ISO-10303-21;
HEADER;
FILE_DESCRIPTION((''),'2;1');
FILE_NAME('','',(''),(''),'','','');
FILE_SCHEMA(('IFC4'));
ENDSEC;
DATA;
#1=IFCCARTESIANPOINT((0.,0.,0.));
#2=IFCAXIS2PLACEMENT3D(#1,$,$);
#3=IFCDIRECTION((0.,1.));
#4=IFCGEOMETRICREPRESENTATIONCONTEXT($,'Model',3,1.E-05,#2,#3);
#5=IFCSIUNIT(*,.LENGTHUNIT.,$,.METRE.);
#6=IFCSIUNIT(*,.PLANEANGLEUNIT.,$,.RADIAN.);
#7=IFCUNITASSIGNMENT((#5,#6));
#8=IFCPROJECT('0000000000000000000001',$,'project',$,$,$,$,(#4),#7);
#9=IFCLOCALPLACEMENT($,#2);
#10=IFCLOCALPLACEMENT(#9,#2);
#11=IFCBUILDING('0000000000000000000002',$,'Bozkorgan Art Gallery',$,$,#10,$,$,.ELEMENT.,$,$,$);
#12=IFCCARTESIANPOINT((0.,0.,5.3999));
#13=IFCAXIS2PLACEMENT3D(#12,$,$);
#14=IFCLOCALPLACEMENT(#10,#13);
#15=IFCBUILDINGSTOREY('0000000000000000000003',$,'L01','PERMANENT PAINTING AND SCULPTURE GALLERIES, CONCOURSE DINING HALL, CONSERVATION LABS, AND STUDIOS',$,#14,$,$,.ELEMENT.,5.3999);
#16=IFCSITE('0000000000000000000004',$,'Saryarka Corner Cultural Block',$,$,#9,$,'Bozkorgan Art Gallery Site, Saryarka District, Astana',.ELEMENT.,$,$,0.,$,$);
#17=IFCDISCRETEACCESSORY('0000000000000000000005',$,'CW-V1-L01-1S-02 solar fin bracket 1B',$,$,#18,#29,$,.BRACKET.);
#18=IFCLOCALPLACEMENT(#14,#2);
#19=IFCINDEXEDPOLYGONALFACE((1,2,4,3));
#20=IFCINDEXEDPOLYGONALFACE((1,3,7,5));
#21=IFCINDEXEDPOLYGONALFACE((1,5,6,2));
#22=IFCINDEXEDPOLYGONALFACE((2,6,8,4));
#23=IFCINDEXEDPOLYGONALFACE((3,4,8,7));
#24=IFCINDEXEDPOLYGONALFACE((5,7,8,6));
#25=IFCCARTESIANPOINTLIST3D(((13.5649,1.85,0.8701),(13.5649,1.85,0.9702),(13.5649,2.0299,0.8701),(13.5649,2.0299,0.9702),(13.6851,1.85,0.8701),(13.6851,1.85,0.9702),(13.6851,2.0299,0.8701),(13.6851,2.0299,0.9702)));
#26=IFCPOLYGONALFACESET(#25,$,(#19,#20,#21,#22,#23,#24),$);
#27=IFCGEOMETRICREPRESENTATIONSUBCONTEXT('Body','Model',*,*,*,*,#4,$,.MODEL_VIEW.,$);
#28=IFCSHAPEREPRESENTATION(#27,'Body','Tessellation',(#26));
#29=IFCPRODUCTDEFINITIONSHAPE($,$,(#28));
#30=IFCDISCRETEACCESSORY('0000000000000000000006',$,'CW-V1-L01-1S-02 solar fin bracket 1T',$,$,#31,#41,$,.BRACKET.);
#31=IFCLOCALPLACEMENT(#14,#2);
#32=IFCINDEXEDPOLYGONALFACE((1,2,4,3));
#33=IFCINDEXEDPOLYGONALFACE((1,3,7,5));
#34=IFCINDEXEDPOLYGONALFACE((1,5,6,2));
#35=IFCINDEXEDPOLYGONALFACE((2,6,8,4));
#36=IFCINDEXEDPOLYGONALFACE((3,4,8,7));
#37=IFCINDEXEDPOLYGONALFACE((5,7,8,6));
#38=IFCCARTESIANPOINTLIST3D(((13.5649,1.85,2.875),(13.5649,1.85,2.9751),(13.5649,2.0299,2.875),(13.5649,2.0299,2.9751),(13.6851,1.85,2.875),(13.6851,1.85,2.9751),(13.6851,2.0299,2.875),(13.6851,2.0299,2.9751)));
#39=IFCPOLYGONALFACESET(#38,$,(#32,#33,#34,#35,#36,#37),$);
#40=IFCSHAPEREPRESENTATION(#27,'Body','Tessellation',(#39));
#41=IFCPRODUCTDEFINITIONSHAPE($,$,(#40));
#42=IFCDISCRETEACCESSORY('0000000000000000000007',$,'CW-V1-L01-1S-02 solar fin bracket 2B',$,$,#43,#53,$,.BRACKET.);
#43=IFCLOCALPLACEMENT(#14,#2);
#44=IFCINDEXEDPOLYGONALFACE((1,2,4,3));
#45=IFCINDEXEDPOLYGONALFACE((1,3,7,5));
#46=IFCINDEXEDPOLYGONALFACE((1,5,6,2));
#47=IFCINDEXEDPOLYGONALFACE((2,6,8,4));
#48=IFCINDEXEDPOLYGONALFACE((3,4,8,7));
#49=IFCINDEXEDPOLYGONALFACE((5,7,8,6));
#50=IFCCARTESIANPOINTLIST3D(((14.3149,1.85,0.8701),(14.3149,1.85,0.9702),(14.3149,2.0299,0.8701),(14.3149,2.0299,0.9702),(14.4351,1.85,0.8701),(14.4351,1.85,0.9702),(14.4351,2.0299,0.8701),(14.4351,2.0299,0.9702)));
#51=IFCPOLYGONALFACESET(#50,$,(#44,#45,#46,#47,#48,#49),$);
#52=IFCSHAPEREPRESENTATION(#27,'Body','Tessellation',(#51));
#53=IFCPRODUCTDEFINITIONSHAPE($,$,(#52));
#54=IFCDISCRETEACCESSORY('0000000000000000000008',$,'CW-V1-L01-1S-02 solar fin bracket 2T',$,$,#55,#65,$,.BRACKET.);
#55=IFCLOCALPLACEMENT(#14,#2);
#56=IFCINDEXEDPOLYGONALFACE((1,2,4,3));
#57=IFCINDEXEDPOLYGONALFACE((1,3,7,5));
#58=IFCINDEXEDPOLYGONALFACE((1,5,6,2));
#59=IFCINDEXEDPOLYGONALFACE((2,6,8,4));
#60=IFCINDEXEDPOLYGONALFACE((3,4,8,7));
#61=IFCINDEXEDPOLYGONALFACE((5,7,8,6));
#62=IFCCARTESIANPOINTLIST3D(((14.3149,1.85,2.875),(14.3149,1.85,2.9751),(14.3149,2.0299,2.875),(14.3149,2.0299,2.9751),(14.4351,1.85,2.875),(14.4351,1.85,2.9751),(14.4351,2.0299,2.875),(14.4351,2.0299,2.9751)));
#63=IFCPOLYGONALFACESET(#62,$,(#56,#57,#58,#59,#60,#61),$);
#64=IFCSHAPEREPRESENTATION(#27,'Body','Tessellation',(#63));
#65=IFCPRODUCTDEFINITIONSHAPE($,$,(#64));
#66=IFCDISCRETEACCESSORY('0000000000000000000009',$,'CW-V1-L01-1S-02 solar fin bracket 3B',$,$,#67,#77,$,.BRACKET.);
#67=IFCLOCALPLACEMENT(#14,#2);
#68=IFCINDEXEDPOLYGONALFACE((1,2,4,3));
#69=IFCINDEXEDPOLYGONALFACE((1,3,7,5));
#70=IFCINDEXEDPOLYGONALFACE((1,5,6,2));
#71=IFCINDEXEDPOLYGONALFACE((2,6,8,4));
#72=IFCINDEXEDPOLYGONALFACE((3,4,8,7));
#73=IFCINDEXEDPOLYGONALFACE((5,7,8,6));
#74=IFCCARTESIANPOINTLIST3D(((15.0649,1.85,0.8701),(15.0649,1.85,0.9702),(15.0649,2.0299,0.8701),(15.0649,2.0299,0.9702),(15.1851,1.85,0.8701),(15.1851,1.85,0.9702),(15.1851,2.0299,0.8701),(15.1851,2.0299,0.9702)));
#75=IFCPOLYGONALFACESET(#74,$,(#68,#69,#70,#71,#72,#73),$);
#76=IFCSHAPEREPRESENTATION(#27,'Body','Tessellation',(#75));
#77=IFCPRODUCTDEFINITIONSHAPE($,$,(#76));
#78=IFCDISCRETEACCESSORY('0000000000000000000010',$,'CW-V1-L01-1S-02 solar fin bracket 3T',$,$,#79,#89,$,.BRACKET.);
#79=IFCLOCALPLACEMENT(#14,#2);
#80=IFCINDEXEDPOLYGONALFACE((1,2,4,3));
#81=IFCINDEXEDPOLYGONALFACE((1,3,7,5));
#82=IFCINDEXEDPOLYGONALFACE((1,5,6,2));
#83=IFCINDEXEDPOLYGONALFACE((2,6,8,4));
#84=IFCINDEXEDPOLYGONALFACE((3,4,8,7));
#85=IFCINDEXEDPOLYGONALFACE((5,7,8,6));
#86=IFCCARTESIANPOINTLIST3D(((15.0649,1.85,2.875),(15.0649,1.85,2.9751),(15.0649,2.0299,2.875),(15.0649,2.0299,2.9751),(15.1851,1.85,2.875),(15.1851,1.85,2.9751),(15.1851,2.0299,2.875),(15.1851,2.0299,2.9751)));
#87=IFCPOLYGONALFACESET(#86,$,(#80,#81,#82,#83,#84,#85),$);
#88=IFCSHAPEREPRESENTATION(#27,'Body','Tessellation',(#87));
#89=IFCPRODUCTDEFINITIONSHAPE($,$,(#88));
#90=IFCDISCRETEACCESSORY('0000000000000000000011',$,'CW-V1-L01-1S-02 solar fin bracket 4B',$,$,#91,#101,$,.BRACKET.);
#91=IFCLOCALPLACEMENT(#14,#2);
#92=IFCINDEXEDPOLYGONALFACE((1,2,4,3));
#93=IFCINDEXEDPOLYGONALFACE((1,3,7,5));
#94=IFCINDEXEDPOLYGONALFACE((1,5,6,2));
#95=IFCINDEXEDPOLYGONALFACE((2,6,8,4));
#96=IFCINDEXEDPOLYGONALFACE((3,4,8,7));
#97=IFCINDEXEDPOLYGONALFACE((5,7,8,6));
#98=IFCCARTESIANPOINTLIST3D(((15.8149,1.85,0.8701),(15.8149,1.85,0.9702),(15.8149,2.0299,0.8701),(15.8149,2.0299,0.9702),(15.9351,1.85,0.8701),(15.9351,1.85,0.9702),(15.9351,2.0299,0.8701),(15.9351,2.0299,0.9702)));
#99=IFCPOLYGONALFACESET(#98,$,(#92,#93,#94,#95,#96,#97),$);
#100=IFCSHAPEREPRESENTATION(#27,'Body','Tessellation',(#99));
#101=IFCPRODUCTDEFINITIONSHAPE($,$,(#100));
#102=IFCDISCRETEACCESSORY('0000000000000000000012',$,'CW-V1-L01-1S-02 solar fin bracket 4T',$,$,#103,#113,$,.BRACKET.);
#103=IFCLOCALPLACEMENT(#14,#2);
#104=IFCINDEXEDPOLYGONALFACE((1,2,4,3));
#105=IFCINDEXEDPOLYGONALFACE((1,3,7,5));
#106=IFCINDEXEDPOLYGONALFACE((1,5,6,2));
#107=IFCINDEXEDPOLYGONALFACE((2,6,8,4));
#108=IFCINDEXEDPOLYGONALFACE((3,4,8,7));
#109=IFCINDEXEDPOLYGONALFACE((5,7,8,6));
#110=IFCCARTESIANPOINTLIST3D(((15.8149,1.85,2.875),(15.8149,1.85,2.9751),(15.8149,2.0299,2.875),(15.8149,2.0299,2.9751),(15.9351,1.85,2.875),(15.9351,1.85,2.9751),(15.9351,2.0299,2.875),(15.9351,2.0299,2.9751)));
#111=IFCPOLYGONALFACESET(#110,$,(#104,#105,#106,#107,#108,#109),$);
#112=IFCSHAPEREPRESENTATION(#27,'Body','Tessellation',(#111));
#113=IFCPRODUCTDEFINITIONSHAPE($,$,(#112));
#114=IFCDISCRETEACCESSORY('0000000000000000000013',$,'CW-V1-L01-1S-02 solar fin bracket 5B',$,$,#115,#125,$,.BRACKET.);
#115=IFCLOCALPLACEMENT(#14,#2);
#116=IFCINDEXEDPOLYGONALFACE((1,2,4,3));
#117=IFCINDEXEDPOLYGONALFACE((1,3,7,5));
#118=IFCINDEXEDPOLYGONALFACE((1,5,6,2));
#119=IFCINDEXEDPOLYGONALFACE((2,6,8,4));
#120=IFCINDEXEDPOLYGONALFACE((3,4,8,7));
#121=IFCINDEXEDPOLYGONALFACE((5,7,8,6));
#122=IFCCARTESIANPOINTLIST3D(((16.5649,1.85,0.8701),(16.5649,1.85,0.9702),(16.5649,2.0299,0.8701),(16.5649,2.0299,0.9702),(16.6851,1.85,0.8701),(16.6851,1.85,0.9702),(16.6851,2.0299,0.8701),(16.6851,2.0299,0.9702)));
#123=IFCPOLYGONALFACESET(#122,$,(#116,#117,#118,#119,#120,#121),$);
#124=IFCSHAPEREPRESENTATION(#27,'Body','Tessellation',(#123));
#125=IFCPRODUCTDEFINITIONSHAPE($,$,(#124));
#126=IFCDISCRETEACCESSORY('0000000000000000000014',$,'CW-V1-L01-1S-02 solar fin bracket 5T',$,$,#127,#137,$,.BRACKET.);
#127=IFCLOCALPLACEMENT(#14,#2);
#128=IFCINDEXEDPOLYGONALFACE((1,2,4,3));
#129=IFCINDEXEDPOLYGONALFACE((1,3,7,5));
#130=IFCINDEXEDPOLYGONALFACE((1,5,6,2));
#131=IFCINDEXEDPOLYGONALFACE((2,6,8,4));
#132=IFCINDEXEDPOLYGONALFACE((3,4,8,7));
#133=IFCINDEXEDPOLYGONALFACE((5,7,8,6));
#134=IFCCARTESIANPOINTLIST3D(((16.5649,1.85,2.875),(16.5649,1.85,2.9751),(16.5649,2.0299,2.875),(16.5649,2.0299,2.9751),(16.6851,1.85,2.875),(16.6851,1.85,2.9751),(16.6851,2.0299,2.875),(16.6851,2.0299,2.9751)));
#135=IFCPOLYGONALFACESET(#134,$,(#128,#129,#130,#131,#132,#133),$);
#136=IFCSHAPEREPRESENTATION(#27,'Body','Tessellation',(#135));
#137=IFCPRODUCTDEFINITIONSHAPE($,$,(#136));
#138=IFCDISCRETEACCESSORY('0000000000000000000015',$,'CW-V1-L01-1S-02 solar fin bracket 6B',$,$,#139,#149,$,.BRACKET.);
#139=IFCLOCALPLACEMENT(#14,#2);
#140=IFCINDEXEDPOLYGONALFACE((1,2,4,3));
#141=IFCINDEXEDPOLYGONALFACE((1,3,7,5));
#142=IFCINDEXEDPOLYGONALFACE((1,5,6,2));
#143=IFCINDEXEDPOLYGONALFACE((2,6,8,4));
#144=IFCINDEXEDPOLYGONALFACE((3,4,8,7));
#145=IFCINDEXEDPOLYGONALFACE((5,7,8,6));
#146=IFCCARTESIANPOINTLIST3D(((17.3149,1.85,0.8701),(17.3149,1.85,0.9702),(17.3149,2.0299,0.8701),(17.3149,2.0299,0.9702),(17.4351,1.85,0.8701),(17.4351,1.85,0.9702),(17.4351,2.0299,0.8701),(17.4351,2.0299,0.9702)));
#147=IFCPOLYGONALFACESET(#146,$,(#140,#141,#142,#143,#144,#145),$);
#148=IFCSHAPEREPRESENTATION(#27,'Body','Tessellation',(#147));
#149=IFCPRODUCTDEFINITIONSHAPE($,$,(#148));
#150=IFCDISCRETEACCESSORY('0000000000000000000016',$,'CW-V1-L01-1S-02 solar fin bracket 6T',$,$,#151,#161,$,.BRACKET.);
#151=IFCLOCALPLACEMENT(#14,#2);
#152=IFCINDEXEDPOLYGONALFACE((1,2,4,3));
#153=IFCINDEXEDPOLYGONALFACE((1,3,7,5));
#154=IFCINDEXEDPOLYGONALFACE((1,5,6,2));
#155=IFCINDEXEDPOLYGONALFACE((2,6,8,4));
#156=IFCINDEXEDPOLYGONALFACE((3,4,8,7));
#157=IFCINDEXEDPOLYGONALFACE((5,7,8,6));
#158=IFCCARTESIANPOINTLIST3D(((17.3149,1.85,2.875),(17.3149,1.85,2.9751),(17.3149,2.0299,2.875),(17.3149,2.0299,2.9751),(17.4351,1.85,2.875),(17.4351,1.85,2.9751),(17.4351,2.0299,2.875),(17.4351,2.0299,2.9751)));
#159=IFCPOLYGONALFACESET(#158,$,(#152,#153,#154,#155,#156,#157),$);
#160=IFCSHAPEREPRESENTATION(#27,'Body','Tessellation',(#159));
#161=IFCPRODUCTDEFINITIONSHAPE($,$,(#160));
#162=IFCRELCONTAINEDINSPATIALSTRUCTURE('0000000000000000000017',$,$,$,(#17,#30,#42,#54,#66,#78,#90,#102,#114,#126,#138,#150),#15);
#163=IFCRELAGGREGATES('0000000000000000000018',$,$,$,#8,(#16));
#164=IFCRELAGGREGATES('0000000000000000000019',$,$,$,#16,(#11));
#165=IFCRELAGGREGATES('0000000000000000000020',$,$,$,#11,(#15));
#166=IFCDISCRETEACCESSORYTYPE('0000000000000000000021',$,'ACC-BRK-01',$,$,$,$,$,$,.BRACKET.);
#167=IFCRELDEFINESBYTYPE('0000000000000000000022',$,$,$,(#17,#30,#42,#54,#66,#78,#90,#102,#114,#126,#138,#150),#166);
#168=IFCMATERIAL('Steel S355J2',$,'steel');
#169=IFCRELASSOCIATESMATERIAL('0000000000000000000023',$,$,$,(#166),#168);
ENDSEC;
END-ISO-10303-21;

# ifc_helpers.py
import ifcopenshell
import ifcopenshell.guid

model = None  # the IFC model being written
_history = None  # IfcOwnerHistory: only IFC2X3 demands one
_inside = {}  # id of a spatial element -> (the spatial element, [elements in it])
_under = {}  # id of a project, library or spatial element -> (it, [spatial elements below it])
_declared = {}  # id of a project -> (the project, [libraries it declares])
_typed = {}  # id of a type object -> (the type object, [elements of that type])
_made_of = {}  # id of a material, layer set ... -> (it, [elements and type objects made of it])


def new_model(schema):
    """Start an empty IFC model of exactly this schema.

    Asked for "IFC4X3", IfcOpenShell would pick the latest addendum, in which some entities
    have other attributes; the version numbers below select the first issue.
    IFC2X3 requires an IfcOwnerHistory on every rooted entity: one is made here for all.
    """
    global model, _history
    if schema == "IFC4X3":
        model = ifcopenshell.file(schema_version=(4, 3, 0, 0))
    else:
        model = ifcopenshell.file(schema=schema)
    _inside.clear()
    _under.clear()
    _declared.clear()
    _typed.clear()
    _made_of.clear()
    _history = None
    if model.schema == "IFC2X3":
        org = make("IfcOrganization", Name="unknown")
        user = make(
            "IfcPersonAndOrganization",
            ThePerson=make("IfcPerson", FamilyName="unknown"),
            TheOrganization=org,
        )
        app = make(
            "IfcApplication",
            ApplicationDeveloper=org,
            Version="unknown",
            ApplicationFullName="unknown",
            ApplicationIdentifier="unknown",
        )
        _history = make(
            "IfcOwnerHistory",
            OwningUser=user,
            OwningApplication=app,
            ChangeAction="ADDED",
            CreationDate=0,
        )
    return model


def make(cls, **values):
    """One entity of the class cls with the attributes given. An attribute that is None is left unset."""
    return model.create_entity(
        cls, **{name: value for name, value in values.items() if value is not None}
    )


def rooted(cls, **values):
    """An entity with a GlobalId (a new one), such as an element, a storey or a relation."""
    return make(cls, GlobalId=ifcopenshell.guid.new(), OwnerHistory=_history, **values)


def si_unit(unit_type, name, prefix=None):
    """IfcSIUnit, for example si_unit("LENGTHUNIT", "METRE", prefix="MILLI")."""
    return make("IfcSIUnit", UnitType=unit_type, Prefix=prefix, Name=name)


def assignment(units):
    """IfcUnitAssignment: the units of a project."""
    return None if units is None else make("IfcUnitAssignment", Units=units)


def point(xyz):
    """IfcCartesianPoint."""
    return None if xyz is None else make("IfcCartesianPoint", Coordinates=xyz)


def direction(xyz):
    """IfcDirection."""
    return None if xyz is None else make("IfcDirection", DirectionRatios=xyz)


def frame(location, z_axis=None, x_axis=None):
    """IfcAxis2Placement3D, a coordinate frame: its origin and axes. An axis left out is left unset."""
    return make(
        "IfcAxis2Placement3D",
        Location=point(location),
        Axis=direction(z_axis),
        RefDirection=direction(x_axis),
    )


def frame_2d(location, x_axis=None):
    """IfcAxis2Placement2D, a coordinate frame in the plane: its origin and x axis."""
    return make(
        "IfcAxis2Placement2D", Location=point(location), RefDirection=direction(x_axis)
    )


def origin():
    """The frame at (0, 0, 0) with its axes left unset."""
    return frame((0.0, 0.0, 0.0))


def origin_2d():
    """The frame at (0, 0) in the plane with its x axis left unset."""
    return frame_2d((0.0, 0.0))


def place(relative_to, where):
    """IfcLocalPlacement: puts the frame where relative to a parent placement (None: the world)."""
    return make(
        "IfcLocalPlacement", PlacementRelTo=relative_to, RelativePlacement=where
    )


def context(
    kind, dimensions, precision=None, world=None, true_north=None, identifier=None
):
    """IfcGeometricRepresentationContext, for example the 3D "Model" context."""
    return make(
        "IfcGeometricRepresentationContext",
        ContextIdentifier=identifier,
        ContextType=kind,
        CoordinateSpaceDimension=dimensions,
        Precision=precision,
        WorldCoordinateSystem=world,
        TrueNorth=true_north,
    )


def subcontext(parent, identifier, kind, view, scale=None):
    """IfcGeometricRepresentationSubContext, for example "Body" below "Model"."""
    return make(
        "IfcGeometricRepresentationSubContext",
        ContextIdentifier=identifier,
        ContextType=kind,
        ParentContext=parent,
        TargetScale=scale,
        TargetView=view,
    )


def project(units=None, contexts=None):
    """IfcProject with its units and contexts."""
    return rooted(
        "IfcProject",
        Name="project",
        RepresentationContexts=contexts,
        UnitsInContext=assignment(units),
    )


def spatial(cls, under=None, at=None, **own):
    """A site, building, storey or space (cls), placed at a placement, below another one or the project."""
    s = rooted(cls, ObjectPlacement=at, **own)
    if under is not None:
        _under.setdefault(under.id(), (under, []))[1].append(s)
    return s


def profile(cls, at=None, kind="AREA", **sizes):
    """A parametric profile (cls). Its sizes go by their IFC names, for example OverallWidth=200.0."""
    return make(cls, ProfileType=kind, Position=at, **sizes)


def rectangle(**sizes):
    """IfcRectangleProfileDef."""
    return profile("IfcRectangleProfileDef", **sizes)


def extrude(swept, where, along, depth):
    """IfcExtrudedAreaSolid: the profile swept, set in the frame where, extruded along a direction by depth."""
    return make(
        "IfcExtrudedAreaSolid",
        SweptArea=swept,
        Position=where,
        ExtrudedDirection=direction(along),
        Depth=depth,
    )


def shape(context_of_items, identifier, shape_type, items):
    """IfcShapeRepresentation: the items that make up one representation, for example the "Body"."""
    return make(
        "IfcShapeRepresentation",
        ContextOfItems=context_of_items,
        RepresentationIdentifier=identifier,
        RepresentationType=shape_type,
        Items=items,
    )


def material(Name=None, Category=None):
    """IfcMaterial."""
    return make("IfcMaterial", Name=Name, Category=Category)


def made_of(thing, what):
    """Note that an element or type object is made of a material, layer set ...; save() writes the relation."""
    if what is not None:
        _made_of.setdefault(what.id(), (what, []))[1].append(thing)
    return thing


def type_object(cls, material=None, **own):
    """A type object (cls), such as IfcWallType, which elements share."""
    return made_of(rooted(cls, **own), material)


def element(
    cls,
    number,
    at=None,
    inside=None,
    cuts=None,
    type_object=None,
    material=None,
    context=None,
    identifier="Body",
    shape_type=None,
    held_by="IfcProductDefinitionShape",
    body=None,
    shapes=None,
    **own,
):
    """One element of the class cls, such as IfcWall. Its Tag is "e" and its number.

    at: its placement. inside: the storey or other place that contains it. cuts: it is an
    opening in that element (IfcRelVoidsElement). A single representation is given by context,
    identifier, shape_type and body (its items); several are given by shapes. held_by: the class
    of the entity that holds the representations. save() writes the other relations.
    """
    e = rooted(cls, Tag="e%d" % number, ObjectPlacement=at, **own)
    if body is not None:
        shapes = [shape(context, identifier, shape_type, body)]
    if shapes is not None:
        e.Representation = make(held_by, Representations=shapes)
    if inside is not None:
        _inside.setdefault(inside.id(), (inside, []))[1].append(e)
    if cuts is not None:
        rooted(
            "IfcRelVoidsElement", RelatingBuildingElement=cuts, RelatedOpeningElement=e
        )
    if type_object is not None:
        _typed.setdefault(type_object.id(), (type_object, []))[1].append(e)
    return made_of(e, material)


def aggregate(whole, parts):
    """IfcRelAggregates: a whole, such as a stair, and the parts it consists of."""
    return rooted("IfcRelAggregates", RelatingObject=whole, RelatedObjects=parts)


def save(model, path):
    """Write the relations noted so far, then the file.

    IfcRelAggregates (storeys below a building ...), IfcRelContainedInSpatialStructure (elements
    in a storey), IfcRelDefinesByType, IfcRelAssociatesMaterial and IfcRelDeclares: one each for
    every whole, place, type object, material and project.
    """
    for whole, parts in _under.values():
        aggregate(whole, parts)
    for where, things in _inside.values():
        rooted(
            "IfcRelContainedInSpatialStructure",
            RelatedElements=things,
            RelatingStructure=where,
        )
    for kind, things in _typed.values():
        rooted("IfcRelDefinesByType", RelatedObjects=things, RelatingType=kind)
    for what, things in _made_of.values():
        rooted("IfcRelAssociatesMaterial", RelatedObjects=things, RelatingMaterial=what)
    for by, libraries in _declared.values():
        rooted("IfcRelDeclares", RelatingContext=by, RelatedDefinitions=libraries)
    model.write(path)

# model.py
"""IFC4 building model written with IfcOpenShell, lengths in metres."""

from ifc_helpers import new_model, si_unit, direction, frame, origin, origin_2d, place, context, subcontext, project, spatial, rectangle, extrude, material, type_object, element, save


model = new_model("IFC4")

# Units and contexts
model_context = context("Model", 3, precision=1e-05, world=origin(), true_north=direction((0.0, 1.0)))
body_context = subcontext(model_context, "Body", "Model", "MODEL_VIEW")
ifc_project = project(units=[si_unit("LENGTHUNIT", "METRE"), si_unit("PLANEANGLEUNIT", "RADIAN")], contexts=[model_context])

# Site, building, storey
site_placement = place(None, origin())
site = spatial("IfcSite", under=ifc_project, at=site_placement, Name="Saryarka Corner Cultural Block", LongName="Bozkorgan Art Gallery Site, Saryarka District, Astana", CompositionType="ELEMENT", RefElevation=0.0)
building_placement = place(site_placement, origin())
building = spatial("IfcBuilding", under=site, at=building_placement, Name="Bozkorgan Art Gallery", CompositionType="ELEMENT")
storey_placement = place(building_placement, frame((0.0, 0.0, 5.3999)))
storey = spatial("IfcBuildingStorey", under=building, at=storey_placement, Name="L01", Description="PERMANENT PAINTING AND SCULPTURE GALLERIES, CONCOURSE DINING HALL, CONSERVATION LABS, AND STUDIOS", CompositionType="ELEMENT", Elevation=5.3999)

# Shared definitions
ifc_material_1 = material(Name="Steel S355J2", Category="steel")

# Discrete accessories
discrete_accessory_type = type_object("IfcDiscreteAccessoryType", Name="ACC-BRK-01", PredefinedType="BRACKET", material=ifc_material_1)
for number, where, z_axis, x_axis, name in (
    (1, (13.625, 1.9399, 0.8701), (0.0, 0.0, 1.0), (0.0, -1.0, 0.0), "CW-V1-L01-1S-02 solar fin bracket 1B"),
    (2, (13.625, 1.9399, 2.875), (0.0, 0.0, 1.0), (0.0, -1.0, 0.0), "CW-V1-L01-1S-02 solar fin bracket 1T"),
    (3, (14.375, 1.9399, 0.8701), (0.0, 0.0, 1.0), (0.0, -1.0, 0.0), "CW-V1-L01-1S-02 solar fin bracket 2B"),
    (4, (14.375, 1.9399, 2.875), (0.0, 0.0, 1.0), (0.0, -1.0, 0.0), "CW-V1-L01-1S-02 solar fin bracket 2T"),
    (5, (15.125, 1.9399, 0.8701), (0.0, 0.0, 1.0), (0.0, -1.0, 0.0), "CW-V1-L01-1S-02 solar fin bracket 3B"),
    (6, (15.125, 1.9399, 2.875), (0.0, 0.0, 1.0), (0.0, -1.0, 0.0), "CW-V1-L01-1S-02 solar fin bracket 3T"),
    (7, (15.875, 1.9399, 0.8701), (0.0, 0.0, 1.0), (0.0, -1.0, 0.0), "CW-V1-L01-1S-02 solar fin bracket 4B"),
    (8, (15.875, 1.9399, 2.875), (0.0, 0.0, 1.0), (0.0, -1.0, 0.0), "CW-V1-L01-1S-02 solar fin bracket 4T"),
    (9, (16.625, 1.9399, 0.8701), (0.0, 0.0, 1.0), (0.0, -1.0, 0.0), "CW-V1-L01-1S-02 solar fin bracket 5B"),
    (10, (16.625, 1.9399, 2.875), (0.0, 0.0, 1.0), (0.0, -1.0, 0.0), "CW-V1-L01-1S-02 solar fin bracket 5T"),
    (11, (17.375, 1.9399, 0.8701), (0.0, 0.0, 1.0), (0.0, -1.0, 0.0), "CW-V1-L01-1S-02 solar fin bracket 6B"),
    (12, (17.375, 1.9399, 2.875), (0.0, 0.0, 1.0), (0.0, -1.0, 0.0), "CW-V1-L01-1S-02 solar fin bracket 6T"),
):
    element("IfcDiscreteAccessory", number, at=place(storey_placement, frame(where, z_axis=z_axis, x_axis=x_axis)), inside=storey, type_object=discrete_accessory_type, Name=name, PredefinedType="BRACKET", context=body_context, shape_type="SweptSolid", body=[
        extrude(rectangle(XDim=0.1799, YDim=0.1201, at=origin_2d()), origin(), (0.0, 0.0, 1.0), 0.1001),
    ])

save(model, "model.ifc")
